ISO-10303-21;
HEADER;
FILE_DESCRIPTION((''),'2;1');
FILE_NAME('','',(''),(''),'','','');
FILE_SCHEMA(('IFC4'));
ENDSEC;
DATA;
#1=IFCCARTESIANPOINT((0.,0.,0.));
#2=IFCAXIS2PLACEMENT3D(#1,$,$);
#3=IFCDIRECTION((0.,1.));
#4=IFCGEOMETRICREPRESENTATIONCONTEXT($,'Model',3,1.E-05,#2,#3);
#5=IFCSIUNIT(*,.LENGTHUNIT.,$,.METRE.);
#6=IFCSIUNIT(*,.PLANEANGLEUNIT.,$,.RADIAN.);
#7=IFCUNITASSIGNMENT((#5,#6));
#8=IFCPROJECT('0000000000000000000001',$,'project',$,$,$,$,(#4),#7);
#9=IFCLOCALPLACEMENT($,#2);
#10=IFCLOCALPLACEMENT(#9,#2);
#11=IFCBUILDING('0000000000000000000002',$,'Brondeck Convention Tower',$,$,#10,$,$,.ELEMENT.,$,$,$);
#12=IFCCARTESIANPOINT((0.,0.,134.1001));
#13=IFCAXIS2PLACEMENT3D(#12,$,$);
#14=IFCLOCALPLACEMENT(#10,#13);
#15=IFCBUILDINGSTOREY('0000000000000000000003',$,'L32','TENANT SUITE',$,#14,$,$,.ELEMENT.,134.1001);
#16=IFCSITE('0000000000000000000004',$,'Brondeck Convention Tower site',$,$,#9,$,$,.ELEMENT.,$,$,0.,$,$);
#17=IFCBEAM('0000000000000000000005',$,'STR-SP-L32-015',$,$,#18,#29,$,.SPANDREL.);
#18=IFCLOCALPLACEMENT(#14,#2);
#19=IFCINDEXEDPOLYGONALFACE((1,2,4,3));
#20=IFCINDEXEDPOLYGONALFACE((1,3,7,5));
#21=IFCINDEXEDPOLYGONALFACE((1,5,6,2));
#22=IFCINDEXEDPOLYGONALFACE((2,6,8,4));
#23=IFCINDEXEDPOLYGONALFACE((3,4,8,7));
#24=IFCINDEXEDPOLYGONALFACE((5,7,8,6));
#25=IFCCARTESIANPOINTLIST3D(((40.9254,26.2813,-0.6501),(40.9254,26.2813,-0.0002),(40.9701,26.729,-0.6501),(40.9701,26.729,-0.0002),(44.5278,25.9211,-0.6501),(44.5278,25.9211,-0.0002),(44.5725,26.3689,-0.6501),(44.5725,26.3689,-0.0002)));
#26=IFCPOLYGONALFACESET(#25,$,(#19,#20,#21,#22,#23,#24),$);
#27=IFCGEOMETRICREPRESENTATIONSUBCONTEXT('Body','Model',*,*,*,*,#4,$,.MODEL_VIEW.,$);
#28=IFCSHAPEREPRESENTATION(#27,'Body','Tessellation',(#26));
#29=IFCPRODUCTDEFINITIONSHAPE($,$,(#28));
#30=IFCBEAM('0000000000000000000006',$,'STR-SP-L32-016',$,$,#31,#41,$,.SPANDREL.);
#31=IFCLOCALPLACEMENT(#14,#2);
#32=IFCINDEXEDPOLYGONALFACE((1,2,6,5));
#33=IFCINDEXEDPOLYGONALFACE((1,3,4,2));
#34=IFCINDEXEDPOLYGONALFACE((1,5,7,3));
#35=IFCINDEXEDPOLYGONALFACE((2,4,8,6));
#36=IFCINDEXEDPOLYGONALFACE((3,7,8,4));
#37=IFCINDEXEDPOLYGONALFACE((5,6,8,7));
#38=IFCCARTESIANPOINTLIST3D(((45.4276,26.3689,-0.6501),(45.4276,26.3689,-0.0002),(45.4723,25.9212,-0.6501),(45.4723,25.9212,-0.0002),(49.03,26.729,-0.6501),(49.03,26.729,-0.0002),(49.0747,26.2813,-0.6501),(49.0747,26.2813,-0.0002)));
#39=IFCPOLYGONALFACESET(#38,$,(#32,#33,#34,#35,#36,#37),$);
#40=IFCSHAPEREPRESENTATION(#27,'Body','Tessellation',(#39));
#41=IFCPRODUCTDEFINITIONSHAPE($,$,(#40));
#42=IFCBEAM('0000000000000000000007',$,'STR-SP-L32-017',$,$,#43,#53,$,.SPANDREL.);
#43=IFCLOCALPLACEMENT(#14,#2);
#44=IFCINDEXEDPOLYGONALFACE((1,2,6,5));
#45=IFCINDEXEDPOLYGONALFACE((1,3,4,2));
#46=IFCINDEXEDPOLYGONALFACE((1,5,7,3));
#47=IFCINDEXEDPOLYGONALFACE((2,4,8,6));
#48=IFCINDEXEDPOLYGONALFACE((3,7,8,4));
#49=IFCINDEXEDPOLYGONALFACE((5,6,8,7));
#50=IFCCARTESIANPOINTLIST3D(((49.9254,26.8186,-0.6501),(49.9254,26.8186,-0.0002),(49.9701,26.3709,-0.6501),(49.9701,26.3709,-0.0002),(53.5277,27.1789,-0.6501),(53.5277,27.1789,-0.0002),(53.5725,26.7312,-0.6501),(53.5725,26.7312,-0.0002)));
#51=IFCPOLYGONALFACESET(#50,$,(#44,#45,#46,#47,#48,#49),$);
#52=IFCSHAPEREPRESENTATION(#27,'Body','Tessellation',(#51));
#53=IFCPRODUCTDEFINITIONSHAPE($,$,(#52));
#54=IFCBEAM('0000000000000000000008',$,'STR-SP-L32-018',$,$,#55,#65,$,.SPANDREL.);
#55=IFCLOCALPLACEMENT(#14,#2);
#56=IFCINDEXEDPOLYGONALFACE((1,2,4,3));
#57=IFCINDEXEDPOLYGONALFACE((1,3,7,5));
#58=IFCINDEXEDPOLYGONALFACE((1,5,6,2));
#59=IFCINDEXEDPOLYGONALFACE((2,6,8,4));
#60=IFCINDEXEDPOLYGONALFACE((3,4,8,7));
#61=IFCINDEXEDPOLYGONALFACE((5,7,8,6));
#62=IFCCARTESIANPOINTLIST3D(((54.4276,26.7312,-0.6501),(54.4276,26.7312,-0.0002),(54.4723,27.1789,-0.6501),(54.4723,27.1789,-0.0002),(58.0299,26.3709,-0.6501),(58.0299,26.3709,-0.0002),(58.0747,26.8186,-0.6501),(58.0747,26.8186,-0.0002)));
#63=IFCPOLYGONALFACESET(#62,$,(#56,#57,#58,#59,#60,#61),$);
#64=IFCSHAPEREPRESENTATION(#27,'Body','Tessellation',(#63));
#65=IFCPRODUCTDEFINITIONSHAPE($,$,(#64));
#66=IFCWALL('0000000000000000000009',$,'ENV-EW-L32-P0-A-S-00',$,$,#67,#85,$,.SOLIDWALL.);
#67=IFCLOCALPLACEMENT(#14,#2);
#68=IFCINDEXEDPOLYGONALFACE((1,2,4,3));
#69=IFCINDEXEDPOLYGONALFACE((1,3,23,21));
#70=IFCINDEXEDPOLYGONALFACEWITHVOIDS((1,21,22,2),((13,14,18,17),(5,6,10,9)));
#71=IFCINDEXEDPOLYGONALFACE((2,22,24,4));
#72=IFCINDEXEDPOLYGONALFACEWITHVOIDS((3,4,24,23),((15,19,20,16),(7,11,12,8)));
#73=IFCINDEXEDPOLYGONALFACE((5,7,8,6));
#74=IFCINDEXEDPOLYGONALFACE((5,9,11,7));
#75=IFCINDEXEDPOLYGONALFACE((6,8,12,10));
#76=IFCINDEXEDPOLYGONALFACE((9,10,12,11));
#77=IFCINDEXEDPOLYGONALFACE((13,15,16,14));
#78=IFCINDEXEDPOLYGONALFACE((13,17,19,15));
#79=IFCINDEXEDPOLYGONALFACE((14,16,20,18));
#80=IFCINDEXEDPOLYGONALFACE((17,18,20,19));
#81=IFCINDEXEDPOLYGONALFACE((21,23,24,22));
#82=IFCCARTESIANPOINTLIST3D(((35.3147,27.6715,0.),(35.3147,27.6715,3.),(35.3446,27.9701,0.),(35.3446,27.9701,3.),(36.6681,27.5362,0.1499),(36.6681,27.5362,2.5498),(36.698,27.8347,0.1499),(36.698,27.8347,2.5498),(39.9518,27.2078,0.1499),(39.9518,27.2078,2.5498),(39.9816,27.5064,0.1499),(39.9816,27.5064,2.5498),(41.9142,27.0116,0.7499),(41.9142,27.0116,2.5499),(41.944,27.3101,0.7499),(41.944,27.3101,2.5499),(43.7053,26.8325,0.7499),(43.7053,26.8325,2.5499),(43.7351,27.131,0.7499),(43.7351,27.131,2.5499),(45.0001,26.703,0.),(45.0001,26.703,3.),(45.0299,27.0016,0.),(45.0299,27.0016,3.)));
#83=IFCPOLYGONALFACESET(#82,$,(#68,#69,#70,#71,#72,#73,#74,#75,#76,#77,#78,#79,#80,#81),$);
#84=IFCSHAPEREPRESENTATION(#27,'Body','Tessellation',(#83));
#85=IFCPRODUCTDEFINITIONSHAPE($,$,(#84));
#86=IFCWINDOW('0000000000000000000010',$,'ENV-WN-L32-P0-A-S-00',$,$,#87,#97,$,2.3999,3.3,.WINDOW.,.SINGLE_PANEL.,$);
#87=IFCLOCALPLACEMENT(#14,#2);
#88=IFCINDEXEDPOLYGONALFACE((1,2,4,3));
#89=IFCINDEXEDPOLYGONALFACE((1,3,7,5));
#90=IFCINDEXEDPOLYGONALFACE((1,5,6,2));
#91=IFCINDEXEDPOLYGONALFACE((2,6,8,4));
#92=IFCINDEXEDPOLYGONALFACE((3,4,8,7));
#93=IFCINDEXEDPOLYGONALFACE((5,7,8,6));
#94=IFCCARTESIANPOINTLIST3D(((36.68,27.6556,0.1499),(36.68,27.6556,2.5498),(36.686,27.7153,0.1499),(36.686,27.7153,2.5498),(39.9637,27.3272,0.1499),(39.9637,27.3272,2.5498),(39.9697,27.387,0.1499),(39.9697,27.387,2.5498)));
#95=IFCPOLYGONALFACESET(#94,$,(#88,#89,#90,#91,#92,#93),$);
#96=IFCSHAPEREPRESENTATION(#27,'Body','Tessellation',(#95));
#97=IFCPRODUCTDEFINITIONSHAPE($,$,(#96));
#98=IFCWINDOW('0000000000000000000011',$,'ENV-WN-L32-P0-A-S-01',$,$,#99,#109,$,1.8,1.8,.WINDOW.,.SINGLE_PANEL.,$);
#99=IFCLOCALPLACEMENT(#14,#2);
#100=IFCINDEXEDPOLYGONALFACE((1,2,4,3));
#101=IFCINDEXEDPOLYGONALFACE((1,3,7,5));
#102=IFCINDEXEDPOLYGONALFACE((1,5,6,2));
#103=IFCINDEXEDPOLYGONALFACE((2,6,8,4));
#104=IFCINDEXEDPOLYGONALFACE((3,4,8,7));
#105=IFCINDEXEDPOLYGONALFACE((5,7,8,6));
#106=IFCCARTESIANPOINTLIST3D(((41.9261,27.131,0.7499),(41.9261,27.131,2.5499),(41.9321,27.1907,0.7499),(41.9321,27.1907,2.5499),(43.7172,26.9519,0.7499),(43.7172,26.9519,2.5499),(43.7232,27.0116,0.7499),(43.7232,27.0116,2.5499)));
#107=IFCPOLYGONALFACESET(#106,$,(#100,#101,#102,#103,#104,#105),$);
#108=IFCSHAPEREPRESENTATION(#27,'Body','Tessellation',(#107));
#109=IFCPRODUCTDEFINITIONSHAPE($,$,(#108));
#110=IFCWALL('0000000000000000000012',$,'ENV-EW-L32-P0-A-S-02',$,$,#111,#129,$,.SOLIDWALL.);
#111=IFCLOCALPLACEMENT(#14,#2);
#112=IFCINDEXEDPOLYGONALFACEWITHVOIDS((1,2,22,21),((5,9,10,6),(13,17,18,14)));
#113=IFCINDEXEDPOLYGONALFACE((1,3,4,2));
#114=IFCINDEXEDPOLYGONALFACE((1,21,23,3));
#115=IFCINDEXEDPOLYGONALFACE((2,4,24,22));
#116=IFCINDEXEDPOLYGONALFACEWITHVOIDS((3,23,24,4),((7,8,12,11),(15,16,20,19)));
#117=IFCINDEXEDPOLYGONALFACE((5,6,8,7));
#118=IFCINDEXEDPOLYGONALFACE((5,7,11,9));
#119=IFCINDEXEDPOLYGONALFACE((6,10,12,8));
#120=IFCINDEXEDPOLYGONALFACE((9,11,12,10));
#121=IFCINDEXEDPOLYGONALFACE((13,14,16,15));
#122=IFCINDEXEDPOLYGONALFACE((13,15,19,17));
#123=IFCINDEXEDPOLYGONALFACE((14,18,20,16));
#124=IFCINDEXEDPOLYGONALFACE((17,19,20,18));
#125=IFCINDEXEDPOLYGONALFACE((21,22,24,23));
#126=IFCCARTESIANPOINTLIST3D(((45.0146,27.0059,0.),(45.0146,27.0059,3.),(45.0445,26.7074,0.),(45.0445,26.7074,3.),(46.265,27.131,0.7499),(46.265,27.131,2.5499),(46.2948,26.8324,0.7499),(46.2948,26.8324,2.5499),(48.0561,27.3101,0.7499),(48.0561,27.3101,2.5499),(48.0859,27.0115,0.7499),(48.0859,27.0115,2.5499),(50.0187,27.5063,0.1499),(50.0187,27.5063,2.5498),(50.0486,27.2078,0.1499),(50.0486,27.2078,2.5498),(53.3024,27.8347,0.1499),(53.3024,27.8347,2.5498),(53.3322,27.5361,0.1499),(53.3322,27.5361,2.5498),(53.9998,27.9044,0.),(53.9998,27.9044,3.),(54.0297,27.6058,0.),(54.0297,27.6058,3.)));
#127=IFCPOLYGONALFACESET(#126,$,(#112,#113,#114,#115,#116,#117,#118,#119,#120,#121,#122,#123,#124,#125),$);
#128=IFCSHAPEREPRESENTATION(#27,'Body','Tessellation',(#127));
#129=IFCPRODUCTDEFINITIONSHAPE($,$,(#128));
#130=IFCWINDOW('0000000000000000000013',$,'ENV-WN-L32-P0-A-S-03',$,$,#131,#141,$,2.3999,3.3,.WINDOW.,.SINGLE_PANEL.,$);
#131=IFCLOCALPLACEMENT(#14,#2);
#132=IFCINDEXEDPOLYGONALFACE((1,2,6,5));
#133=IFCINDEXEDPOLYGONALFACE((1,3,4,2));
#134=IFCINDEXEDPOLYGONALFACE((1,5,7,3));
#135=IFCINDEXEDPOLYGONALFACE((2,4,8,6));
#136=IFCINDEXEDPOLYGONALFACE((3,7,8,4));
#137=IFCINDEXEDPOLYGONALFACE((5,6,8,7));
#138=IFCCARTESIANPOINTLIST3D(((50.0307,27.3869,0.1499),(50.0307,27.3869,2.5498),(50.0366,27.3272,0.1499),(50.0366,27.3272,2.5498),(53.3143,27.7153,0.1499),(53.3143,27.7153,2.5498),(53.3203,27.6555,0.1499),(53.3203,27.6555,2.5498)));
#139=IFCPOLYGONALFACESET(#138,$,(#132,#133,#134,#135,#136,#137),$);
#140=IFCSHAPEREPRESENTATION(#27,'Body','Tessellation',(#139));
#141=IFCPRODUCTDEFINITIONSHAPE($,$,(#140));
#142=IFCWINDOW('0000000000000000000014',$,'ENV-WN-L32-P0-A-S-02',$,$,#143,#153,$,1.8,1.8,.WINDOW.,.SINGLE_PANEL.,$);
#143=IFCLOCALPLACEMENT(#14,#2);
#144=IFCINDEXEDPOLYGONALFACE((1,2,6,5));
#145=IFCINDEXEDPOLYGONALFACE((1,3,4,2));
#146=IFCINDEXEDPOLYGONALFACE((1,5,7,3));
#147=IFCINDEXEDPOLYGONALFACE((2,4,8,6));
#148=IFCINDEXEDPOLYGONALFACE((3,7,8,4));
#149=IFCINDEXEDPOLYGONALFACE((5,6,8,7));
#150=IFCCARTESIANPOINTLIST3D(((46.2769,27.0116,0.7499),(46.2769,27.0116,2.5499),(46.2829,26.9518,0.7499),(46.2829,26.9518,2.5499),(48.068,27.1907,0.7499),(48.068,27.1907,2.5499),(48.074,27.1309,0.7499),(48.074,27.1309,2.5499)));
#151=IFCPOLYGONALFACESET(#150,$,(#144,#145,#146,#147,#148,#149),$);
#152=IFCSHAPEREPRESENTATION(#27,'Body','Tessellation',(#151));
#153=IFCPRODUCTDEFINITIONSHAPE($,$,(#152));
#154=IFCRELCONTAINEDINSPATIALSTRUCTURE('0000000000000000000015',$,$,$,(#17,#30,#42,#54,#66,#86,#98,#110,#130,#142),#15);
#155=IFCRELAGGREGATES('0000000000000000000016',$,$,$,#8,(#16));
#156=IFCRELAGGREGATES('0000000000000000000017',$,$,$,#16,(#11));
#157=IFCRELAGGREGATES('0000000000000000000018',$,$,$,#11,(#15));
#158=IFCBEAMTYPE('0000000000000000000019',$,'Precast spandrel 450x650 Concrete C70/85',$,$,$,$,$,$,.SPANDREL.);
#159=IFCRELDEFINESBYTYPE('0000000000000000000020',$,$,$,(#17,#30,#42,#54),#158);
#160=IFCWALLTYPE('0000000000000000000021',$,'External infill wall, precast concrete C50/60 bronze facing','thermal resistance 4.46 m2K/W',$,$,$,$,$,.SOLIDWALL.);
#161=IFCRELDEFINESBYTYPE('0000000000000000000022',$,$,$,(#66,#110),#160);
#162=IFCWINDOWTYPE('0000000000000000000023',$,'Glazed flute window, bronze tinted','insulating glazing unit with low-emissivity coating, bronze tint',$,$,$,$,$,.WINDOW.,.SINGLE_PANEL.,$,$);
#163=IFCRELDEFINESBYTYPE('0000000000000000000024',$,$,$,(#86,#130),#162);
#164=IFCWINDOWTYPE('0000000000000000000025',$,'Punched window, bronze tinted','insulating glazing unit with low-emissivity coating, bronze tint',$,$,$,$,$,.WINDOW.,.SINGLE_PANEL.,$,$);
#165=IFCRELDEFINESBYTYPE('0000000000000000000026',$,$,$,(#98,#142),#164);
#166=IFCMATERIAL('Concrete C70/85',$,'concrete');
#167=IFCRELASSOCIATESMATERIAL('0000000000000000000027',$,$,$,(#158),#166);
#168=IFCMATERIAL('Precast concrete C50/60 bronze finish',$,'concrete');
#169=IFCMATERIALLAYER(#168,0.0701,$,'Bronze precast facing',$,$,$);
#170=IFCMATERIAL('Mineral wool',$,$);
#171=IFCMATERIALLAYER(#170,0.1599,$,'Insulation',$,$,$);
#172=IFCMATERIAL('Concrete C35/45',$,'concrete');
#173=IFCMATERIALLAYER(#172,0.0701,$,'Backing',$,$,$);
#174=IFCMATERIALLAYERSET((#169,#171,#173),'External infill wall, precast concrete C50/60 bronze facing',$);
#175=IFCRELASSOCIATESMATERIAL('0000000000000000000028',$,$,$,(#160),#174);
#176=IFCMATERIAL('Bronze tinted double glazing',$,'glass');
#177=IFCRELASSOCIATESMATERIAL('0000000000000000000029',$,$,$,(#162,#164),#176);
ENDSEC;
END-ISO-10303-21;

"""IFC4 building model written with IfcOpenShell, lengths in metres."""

from ifc_helpers import new_model, si_unit, direction, frame, frame_2d, origin, origin_2d, place, context, subcontext, project, spatial, rectangle, extrude, material, layer, layer_set, material_profile, profile_set, type_object, element, fill, save


model = new_model("IFC4")

# Units and contexts
model_context = context("Model", 3, precision=1e-05, world=origin(), true_north=direction((0.0, 1.0)))
body_context = subcontext(model_context, "Body", "Model", "MODEL_VIEW")
ifc_project = project(units=[si_unit("LENGTHUNIT", "METRE"), si_unit("PLANEANGLEUNIT", "RADIAN")], contexts=[model_context])

# Site, building, storey
site_placement = place(None, origin())
site = spatial("IfcSite", under=ifc_project, at=site_placement, Name="Brondeck Convention Tower site", CompositionType="ELEMENT", RefElevation=0.0)
building_placement = place(site_placement, origin())
building = spatial("IfcBuilding", under=site, at=building_placement, Name="Brondeck Convention Tower", CompositionType="ELEMENT")
storey_placement = place(building_placement, frame((0.0, 0.0, 134.1001)))
storey = spatial("IfcBuildingStorey", under=building, at=storey_placement, Name="L32", Description="TENANT SUITE", CompositionType="ELEMENT", Elevation=134.1001)

# Shared definitions
ifc_material_1 = material(Name="Concrete C70/85", Category="concrete")

# Beams
ifc_material_profile_1 = material_profile(ifc_material_1, rectangle(XDim=0.45, YDim=0.6499, at=origin_2d()), Name="Precast spandrel 450x650 Concrete C70/85")
ifc_profile_set_1 = profile_set([ifc_material_profile_1], Name="Concrete C70/85")
beam_type_1 = type_object("IfcBeamType", Name="Precast spandrel 450x650 Concrete C70/85", PredefinedType="SPANDREL", material=ifc_profile_set_1)
for number, where, z_axis, x_axis, name in (
    (1, (40.9478, 26.5051, -0.3252), (0.995041, -0.09947, 0.0), (0.09947, 0.995041, 0.0), "STR-SP-L32-015"),
    (2, (45.45, 26.145, -0.3252), (0.995041, 0.09947, 0.0), (-0.09947, 0.995041, 0.0), "STR-SP-L32-016"),
    (3, (49.9478, 26.5947, -0.3252), (0.995034, 0.099537, 0.0), (-0.099537, 0.995034, 0.0), "STR-SP-L32-017"),
    (4, (54.45, 26.9551, -0.3252), (0.995034, -0.099537, 0.0), (0.099537, 0.995034, 0.0), "STR-SP-L32-018"),
):
    element("IfcBeam", number, at=place(storey_placement, frame(where, z_axis=z_axis, x_axis=x_axis)), inside=storey, type_object=beam_type_1, Name=name, PredefinedType="SPANDREL", context=body_context, shape_type="SweptSolid", body=[
        extrude(rectangle(XDim=0.45, YDim=0.6499, at=origin_2d()), origin(), (0.0, 0.0, 1.0), 3.6204),
    ])

# Walls, openings, windows
ifc_material_2 = material(Name="Precast concrete C50/60 bronze finish", Category="concrete")
ifc_layer_1 = layer(ifc_material_2, 0.0701, Name="Bronze precast facing")
ifc_material_3 = material(Name="Mineral wool")
ifc_layer_2 = layer(ifc_material_3, 0.1599, Name="Insulation")
ifc_material_4 = material(Name="Concrete C35/45", Category="concrete")
ifc_layer_3 = layer(ifc_material_4, 0.0701, Name="Backing")
ifc_layer_set_1 = layer_set([ifc_layer_1, ifc_layer_2, ifc_layer_3], Name="External infill wall, precast concrete C50/60 bronze facing")
wall_type_1 = type_object("IfcWallType", Name="External infill wall, precast concrete C50/60 bronze facing", Description="thermal resistance 4.46 m2K/W", PredefinedType="SOLIDWALL", material=ifc_layer_set_1)
wall_1_placement = place(storey_placement, frame((45.0149, 26.8523, 0.0), z_axis=(0.0, 0.0, 1.0), x_axis=(-0.995037, 0.099501, 0.0)))
wall_1 = element("IfcWall", 5, at=wall_1_placement, inside=storey, type_object=wall_type_1, Name="ENV-EW-L32-P0-A-S-00", PredefinedType="SOLIDWALL", context=body_context, shape_type="SweptSolid", body=[
    extrude(rectangle(XDim=9.7336, YDim=0.3, at=frame_2d((4.8667, 0.0))), origin(), (0.0, 0.0, 1.0), 3.0),
])
opening_1_placement = place(wall_1_placement, frame((1.3013, 0.0, 0.75)))
opening_1 = element("IfcOpeningElement", 6, at=opening_1_placement, cuts=wall_1, PredefinedType="OPENING", context=body_context, shape_type="SweptSolid", body=[
    extrude(rectangle(XDim=1.8, YDim=1.8, at=frame_2d((0.8999, 0.8999))), frame((0.0, 0.1599, 0.0), z_axis=(0.0, -1.0, 0.0), x_axis=(1.0, 0.0, 0.0)), (0.0, 0.0, 1.0), 0.3201),
])
opening_2_placement = place(wall_1_placement, frame((5.0735, 0.0, 0.1499)))
opening_2 = element("IfcOpeningElement", 7, at=opening_2_placement, cuts=wall_1, PredefinedType="OPENING", context=body_context, shape_type="SweptSolid", body=[
    extrude(rectangle(XDim=3.3, YDim=2.3999, at=frame_2d((1.6499, 1.2))), frame((0.0, 0.1599, 0.0), z_axis=(0.0, -1.0, 0.0), x_axis=(1.0, 0.0, 0.0)), (0.0, 0.0, 1.0), 0.3201),
])
ifc_material_5 = material(Name="Bronze tinted double glazing", Category="glass")
window_type_1 = type_object("IfcWindowType", Name="Glazed flute window, bronze tinted", Description="insulating glazing unit with low-emissivity coating, bronze tint", PartitioningType="SINGLE_PANEL", PredefinedType="WINDOW", material=ifc_material_5)
window_1_placement = place(opening_2_placement, origin())
window_1 = element("IfcWindow", 8, at=window_1_placement, inside=storey, type_object=window_type_1, Name="ENV-WN-L32-P0-A-S-00", OverallHeight=2.3999, OverallWidth=3.3, PartitioningType="SINGLE_PANEL", PredefinedType="WINDOW", context=body_context, shape_type="SweptSolid", body=[
    extrude(rectangle(XDim=3.3, YDim=2.3999, at=frame_2d((1.6499, 1.2))), frame((0.0, 0.03, 0.0), z_axis=(0.0, -1.0, 0.0), x_axis=(1.0, 0.0, 0.0)), (0.0, 0.0, 1.0), 0.0601),
])
fill(opening_2, window_1)
window_type_2 = type_object("IfcWindowType", Name="Punched window, bronze tinted", Description="insulating glazing unit with low-emissivity coating, bronze tint", PartitioningType="SINGLE_PANEL", PredefinedType="WINDOW", material=ifc_material_5)
window_2_placement = place(opening_1_placement, origin())
window_2 = element("IfcWindow", 9, at=window_2_placement, inside=storey, type_object=window_type_2, Name="ENV-WN-L32-P0-A-S-01", OverallHeight=1.8, OverallWidth=1.8, PartitioningType="SINGLE_PANEL", PredefinedType="WINDOW", context=body_context, shape_type="SweptSolid", body=[
    extrude(rectangle(XDim=1.8, YDim=1.8, at=frame_2d((0.8999, 0.8999))), frame((0.0, 0.03, 0.0), z_axis=(0.0, -1.0, 0.0), x_axis=(1.0, 0.0, 0.0)), (0.0, 0.0, 1.0), 0.0601),
])
fill(opening_1, window_2)
wall_2_placement = place(storey_placement, frame((54.0149, 27.7551, 0.0), z_axis=(0.0, 0.0, 1.0), x_axis=(-0.995038, -0.099496, 0.0)))
wall_2 = element("IfcWall", 10, at=wall_2_placement, inside=storey, type_object=wall_type_1, Name="ENV-EW-L32-P0-A-S-02", PredefinedType="SOLIDWALL", context=body_context, shape_type="SweptSolid", body=[
    extrude(rectangle(XDim=9.03, YDim=0.3, at=frame_2d((4.5151, 0.0))), origin(), (0.0, 0.0, 1.0), 3.0),
])
opening_3_placement = place(wall_2_placement, frame((0.7012, 0.0, 0.1499)))
opening_3 = element("IfcOpeningElement", 11, at=opening_3_placement, cuts=wall_2, PredefinedType="OPENING", context=body_context, shape_type="SweptSolid", body=[
    extrude(rectangle(XDim=3.3, YDim=2.3999, at=frame_2d((1.6499, 1.2))), frame((0.0, 0.1599, 0.0), z_axis=(0.0, -1.0, 0.0), x_axis=(1.0, 0.0, 0.0)), (0.0, 0.0, 1.0), 0.3201),
])
opening_4_placement = place(wall_2_placement, frame((5.9736, 0.0, 0.75)))
opening_4 = element("IfcOpeningElement", 12, at=opening_4_placement, cuts=wall_2, PredefinedType="OPENING", context=body_context, shape_type="SweptSolid", body=[
    extrude(rectangle(XDim=1.8, YDim=1.8, at=frame_2d((0.8999, 0.8999))), frame((0.0, 0.1599, 0.0), z_axis=(0.0, -1.0, 0.0), x_axis=(1.0, 0.0, 0.0)), (0.0, 0.0, 1.0), 0.3201),
])
window_3_placement = place(opening_3_placement, origin())
window_3 = element("IfcWindow", 13, at=window_3_placement, inside=storey, type_object=window_type_1, Name="ENV-WN-L32-P0-A-S-03", OverallHeight=2.3999, OverallWidth=3.3, PartitioningType="SINGLE_PANEL", PredefinedType="WINDOW", context=body_context, shape_type="SweptSolid", body=[
    extrude(rectangle(XDim=3.3, YDim=2.3999, at=frame_2d((1.6499, 1.2))), frame((0.0, 0.03, 0.0), z_axis=(0.0, -1.0, 0.0), x_axis=(1.0, 0.0, 0.0)), (0.0, 0.0, 1.0), 0.0601),
])
fill(opening_3, window_3)
window_4_placement = place(opening_4_placement, origin())
window_4 = element("IfcWindow", 14, at=window_4_placement, inside=storey, type_object=window_type_2, Name="ENV-WN-L32-P0-A-S-02", OverallHeight=1.8, OverallWidth=1.8, PartitioningType="SINGLE_PANEL", PredefinedType="WINDOW", context=body_context, shape_type="SweptSolid", body=[
    extrude(rectangle(XDim=1.8, YDim=1.8, at=frame_2d((0.8999, 0.8999))), frame((0.0, 0.03, 0.0), z_axis=(0.0, -1.0, 0.0), x_axis=(1.0, 0.0, 0.0)), (0.0, 0.0, 1.0), 0.0601),
])
fill(opening_4, window_4)

save(model, "model.ifc")
